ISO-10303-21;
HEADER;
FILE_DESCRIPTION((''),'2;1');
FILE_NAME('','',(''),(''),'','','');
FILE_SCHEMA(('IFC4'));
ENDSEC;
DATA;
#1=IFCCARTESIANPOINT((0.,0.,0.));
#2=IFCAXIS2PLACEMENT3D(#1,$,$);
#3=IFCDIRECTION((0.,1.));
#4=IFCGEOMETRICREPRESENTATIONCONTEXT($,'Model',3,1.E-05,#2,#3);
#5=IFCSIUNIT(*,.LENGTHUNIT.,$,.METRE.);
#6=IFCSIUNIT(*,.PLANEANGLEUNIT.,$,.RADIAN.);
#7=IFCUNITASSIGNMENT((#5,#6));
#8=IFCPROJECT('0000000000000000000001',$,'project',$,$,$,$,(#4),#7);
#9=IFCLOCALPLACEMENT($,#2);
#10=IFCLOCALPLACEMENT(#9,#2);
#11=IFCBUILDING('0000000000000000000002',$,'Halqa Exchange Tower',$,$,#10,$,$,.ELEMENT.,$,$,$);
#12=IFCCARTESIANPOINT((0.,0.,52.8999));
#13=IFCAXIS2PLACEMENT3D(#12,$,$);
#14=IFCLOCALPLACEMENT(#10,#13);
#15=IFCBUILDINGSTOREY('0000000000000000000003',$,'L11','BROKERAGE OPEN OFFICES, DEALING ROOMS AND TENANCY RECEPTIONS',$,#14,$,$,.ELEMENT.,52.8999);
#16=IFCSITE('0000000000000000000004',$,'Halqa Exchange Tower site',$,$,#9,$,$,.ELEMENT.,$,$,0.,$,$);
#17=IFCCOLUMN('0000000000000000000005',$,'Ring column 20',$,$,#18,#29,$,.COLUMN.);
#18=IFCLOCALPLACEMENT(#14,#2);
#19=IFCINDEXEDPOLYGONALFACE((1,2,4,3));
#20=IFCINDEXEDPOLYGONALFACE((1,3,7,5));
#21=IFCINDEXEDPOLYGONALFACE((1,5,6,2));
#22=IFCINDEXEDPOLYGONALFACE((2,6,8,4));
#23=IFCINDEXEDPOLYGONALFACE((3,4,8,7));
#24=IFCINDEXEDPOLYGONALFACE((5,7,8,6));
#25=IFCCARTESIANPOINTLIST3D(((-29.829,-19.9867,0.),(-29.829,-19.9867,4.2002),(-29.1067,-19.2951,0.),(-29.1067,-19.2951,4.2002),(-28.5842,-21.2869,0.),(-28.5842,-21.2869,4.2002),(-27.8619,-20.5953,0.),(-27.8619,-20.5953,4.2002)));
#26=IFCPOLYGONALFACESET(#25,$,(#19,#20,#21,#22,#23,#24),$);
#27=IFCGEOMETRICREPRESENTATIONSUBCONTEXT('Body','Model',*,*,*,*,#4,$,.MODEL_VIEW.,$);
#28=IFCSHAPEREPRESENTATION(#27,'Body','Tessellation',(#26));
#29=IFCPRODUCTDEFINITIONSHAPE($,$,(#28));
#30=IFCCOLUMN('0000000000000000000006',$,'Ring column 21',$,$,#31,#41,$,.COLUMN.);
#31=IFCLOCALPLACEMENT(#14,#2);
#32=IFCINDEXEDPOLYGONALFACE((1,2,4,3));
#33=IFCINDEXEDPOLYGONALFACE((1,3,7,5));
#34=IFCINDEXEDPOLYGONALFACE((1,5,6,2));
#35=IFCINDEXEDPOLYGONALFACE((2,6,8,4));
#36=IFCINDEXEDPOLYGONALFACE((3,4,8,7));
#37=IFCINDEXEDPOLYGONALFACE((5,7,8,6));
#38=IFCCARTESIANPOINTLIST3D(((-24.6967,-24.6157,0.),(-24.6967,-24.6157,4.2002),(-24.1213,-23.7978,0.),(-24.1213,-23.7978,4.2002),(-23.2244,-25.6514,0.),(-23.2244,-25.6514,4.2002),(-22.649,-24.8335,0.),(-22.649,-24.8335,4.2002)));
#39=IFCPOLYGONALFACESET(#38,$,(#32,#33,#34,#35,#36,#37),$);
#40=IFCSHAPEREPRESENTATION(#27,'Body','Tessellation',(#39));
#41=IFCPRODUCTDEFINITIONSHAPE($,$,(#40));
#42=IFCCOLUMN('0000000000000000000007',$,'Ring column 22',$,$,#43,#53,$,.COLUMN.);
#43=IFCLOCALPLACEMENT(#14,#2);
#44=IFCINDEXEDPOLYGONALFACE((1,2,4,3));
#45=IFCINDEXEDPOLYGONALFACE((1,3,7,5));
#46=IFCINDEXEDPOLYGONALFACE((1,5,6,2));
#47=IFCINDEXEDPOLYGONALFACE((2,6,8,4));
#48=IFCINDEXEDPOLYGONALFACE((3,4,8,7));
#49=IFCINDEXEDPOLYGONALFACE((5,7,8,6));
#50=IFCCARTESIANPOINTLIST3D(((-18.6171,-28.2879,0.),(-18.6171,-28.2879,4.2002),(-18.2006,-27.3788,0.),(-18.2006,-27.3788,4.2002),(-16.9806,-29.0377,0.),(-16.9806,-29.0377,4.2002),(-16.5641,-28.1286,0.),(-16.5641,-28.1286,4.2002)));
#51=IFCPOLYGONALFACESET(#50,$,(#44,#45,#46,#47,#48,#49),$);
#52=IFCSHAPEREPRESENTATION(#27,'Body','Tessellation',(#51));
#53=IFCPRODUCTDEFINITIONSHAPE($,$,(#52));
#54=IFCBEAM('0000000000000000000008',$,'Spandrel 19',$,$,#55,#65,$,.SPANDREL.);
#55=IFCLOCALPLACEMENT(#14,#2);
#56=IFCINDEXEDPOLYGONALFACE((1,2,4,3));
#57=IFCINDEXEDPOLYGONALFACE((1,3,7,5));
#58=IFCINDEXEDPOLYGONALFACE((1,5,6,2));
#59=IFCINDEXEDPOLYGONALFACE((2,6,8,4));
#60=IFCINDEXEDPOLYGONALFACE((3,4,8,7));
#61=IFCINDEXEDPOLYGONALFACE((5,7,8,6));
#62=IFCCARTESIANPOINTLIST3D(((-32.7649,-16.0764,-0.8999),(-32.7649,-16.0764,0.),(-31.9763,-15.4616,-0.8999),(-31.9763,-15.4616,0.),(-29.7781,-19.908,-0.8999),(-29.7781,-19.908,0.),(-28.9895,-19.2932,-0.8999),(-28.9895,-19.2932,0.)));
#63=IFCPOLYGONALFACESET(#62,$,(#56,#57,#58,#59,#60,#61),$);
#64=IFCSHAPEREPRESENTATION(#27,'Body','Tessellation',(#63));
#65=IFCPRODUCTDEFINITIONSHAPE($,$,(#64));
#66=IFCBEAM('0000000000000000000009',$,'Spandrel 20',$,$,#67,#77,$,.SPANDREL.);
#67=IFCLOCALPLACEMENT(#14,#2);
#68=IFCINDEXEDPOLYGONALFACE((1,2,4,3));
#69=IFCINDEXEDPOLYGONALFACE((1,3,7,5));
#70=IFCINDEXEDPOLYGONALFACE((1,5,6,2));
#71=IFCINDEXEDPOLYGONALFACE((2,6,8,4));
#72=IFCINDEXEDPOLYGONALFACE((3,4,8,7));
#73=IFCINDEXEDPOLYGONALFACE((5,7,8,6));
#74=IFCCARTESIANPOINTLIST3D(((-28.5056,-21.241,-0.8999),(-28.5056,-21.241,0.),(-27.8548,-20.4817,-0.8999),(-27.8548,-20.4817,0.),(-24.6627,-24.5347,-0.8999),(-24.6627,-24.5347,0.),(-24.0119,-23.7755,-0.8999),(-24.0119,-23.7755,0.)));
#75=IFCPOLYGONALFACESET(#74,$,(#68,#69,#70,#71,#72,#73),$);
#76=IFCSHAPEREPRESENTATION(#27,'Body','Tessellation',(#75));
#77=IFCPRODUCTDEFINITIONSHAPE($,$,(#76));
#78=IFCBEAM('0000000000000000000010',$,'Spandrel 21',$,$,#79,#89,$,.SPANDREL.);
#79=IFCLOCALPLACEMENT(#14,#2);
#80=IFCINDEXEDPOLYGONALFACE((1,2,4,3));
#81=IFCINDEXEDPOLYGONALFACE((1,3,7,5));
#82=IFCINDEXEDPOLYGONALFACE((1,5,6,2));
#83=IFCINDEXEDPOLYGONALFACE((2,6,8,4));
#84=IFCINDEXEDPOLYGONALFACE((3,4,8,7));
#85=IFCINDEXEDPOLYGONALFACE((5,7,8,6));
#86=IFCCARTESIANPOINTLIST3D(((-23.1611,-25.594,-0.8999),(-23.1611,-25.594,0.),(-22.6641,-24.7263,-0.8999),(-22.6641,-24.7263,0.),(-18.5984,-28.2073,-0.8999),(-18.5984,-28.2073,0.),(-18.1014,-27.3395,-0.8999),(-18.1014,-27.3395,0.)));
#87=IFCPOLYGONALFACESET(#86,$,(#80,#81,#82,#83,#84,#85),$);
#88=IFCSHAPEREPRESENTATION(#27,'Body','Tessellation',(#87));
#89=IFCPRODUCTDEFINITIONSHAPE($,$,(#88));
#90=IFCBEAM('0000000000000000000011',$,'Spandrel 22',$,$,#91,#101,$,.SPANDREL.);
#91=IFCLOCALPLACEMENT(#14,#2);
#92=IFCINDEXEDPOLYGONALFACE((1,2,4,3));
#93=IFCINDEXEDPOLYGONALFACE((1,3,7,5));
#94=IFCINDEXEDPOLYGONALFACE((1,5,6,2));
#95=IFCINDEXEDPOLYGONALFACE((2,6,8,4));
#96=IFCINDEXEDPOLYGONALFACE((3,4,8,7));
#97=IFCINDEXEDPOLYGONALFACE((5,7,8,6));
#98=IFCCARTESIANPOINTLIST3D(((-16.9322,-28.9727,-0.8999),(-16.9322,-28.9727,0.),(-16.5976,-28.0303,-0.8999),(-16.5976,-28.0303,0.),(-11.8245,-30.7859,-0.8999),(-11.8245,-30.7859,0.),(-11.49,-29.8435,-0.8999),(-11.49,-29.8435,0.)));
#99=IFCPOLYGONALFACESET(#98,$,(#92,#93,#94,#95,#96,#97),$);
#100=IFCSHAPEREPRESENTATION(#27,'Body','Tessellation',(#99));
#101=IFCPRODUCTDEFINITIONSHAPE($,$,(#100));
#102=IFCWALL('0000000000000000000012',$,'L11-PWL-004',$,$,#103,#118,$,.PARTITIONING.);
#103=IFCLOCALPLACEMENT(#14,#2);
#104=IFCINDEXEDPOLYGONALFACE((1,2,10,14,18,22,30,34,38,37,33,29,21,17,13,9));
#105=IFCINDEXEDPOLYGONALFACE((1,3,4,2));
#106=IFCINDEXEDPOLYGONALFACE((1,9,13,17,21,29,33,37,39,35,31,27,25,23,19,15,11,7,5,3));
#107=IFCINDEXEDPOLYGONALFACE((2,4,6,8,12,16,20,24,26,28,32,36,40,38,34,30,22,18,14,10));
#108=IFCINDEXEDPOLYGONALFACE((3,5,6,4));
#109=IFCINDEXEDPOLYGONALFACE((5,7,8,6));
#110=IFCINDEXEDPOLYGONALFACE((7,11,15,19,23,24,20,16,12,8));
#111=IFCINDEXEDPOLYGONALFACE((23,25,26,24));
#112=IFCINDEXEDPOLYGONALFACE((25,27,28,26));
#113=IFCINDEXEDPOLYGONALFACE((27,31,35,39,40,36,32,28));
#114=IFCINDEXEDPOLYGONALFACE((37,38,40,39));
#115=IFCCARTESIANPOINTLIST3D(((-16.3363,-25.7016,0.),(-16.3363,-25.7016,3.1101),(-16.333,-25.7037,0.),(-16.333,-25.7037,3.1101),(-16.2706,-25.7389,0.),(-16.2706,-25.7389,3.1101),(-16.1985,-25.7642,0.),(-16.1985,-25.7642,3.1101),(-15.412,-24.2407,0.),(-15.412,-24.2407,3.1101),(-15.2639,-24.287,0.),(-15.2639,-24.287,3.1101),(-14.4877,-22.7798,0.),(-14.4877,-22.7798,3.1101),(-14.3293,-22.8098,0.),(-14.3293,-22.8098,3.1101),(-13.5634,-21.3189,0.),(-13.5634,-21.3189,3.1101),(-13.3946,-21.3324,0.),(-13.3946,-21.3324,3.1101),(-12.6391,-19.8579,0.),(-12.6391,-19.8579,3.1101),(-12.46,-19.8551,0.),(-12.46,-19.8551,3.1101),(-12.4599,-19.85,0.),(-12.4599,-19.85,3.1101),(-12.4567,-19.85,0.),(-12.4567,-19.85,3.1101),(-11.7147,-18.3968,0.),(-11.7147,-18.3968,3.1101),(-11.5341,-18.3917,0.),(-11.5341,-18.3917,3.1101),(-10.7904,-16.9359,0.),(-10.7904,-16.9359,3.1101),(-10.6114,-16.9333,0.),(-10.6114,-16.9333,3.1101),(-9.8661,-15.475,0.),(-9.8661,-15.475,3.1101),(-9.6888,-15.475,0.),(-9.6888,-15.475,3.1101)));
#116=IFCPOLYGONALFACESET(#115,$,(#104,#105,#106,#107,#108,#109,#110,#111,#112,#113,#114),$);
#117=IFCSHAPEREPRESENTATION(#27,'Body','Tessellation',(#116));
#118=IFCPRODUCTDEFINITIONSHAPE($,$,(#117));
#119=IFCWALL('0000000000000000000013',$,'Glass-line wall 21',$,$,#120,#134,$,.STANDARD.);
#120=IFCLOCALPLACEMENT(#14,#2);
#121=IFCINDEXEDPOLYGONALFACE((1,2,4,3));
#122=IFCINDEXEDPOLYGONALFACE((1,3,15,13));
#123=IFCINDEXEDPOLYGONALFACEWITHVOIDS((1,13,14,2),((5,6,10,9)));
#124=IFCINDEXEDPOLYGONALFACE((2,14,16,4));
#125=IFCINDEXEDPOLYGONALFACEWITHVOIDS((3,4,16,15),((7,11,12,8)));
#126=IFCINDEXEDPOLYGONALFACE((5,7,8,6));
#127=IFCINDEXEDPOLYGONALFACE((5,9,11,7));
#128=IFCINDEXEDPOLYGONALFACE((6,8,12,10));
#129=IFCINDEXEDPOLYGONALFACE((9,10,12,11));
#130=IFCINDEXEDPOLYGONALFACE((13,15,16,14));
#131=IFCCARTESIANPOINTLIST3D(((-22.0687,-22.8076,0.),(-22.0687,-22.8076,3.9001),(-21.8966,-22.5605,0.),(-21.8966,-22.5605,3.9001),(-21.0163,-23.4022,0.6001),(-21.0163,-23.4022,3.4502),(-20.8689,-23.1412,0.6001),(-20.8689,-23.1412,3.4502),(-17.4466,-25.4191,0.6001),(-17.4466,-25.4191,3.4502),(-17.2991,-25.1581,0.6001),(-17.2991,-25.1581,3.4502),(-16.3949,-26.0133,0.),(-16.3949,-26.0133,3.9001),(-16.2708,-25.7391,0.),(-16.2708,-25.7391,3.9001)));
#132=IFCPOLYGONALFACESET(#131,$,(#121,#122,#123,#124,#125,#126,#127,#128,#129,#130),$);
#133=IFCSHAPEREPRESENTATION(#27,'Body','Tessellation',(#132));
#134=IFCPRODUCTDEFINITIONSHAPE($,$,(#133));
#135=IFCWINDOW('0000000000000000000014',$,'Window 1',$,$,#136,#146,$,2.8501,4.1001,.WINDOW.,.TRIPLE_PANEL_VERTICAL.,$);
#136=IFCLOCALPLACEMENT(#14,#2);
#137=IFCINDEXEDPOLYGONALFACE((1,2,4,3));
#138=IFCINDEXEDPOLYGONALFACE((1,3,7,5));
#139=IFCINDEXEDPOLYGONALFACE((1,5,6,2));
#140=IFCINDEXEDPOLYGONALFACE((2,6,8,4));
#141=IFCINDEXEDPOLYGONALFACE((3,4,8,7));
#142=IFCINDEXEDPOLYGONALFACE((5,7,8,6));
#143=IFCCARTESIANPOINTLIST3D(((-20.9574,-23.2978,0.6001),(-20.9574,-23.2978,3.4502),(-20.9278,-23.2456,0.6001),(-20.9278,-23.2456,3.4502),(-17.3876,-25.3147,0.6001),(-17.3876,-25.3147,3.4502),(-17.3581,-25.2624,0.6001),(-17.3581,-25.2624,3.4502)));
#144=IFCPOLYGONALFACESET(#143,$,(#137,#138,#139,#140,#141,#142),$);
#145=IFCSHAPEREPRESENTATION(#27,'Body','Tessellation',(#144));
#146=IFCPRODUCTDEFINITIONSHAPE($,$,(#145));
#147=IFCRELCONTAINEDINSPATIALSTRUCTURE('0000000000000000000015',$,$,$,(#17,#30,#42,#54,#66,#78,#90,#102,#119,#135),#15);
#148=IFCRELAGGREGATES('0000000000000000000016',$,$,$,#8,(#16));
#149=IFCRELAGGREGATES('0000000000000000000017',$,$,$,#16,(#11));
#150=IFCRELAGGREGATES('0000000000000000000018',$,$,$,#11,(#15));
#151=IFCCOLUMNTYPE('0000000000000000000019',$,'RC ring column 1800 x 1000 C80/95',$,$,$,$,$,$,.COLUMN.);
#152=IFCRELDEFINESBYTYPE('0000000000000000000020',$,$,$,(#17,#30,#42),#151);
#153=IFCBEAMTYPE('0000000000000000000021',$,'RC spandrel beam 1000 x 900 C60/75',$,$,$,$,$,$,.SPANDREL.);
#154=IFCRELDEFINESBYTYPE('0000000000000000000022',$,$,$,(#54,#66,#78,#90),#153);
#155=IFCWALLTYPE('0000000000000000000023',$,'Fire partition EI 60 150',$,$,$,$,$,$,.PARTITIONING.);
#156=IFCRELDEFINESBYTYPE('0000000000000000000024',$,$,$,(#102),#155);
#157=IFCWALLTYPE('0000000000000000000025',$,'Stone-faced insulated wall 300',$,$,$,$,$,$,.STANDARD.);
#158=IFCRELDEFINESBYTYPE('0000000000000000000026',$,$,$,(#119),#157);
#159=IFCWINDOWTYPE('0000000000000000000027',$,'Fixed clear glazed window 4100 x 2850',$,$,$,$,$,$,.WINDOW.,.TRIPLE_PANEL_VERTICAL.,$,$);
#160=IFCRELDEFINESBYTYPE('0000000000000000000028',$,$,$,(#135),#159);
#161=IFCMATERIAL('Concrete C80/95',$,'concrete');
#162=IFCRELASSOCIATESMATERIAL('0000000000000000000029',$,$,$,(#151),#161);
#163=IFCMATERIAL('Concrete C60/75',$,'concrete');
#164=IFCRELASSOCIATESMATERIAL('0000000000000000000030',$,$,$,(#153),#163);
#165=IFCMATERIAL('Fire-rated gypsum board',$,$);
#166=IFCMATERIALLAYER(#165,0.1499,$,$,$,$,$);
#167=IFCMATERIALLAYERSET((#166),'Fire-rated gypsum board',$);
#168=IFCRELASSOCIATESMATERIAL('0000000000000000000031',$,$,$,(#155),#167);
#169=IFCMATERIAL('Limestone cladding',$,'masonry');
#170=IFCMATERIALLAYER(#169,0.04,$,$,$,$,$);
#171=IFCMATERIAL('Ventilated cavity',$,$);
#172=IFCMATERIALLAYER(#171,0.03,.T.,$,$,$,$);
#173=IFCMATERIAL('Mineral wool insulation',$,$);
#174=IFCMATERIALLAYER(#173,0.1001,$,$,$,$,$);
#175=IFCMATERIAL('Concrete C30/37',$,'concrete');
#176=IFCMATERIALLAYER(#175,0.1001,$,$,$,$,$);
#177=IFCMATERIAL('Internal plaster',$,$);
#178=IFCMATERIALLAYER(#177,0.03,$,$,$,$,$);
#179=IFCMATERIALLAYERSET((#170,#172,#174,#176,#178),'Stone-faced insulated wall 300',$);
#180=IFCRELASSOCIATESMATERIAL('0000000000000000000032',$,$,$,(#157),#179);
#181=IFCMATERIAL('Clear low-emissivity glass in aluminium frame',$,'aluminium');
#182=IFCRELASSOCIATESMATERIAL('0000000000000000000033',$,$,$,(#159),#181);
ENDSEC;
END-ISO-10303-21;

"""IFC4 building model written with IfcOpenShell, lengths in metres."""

from ifc_helpers import new_model, si_unit, direction, frame, frame_2d, origin, origin_2d, place, context, subcontext, project, spatial, polyline, rectangle, outline, extrude, material, layer, layer_set, material_profile, profile_set, type_object, element, fill, save


model = new_model("IFC4")

# Units and contexts
model_context = context("Model", 3, precision=1e-05, world=origin(), true_north=direction((0.0, 1.0)))
body_context = subcontext(model_context, "Body", "Model", "MODEL_VIEW")
ifc_project = project(units=[si_unit("LENGTHUNIT", "METRE"), si_unit("PLANEANGLEUNIT", "RADIAN")], contexts=[model_context])

# Site, building, storey
site_placement = place(None, origin())
site = spatial("IfcSite", under=ifc_project, at=site_placement, Name="Halqa Exchange Tower site", CompositionType="ELEMENT", RefElevation=0.0)
building_placement = place(site_placement, origin())
building = spatial("IfcBuilding", under=site, at=building_placement, Name="Halqa Exchange Tower", CompositionType="ELEMENT")
storey_placement = place(building_placement, frame((0.0, 0.0, 52.8999)))
storey = spatial("IfcBuildingStorey", under=building, at=storey_placement, Name="L11", Description="BROKERAGE OPEN OFFICES, DEALING ROOMS AND TENANCY RECEPTIONS", CompositionType="ELEMENT", Elevation=52.8999)

# Columns
ifc_material_1 = material(Name="Concrete C80/95", Category="concrete")
ifc_material_profile_1 = material_profile(ifc_material_1, rectangle(XDim=1.8, YDim=1.0, at=origin_2d()), Name="1800 x 1000")
ifc_profile_set_1 = profile_set([ifc_material_profile_1], Name="Concrete C80/95")
column_type = type_object("IfcColumnType", Name="RC ring column 1800 x 1000 C80/95", PredefinedType="COLUMN", material=ifc_profile_set_1)
for number, where, z_axis, x_axis, name in (
    (1, (-28.8455, -20.291, 0.0), (0.0, 0.0, 1.0), (0.691576, -0.722304, 0.0), "Ring column 20"),
    (2, (-23.6729, -24.7246, 0.0), (0.0, 0.0, 1.0), (0.817909, -0.575348, 0.0), "Ring column 21"),
    (3, (-17.5906, -28.2083, 0.0), (0.0, 0.0, 1.0), (0.909127, -0.416519, 0.0), "Ring column 22"),
):
    element("IfcColumn", number, at=place(storey_placement, frame(where, z_axis=z_axis, x_axis=x_axis)), inside=storey, type_object=column_type, Name=name, PredefinedType="COLUMN", context=body_context, shape_type="SweptSolid", body=[
        extrude(rectangle(XDim=1.8, YDim=1.0, at=origin_2d()), origin(), (0.0, 0.0, 1.0), 4.2002),
    ])

# Beams
ifc_material_2 = material(Name="Concrete C60/75", Category="concrete")
ifc_material_profile_2 = material_profile(ifc_material_2, rectangle(XDim=1.0, YDim=0.8999, at=origin_2d()), Name="1000 x 900")
ifc_profile_set_2 = profile_set([ifc_material_profile_2], Name="Concrete C60/75")
beam_type = type_object("IfcBeamType", Name="RC spandrel beam 1000 x 900 C60/75", PredefinedType="SPANDREL", material=ifc_profile_set_2)
beam_1_placement = place(storey_placement, frame((-32.3706, -15.769, -0.45), z_axis=(0.614803, -0.788681, 0.0), x_axis=(0.788681, 0.614803, 0.0)))
element("IfcBeam", 4, at=beam_1_placement, inside=storey, type_object=beam_type, Name="Spandrel 19", PredefinedType="SPANDREL", context=body_context, shape_type="SweptSolid", body=[
    extrude(rectangle(XDim=1.0, YDim=0.8999, at=origin_2d()), origin(), (0.0, 0.0, 1.0), 4.8582),
])
beam_2_placement = place(storey_placement, frame((-28.1802, -20.8613, -0.45), z_axis=(0.759267, -0.650779, 0.0), x_axis=(0.650779, 0.759267, 0.0)))
element("IfcBeam", 5, at=beam_2_placement, inside=storey, type_object=beam_type, Name="Spandrel 20", PredefinedType="SPANDREL", context=body_context, shape_type="SweptSolid", body=[
    extrude(rectangle(XDim=1.0, YDim=0.8999, at=origin_2d()), origin(), (0.0, 0.0, 1.0), 5.0613),
])
beam_3_placement = place(storey_placement, frame((-22.9126, -25.1602, -0.45), z_axis=(0.867751, -0.496999, 0.0), x_axis=(0.496999, 0.867751, 0.0)))
element("IfcBeam", 6, at=beam_3_placement, inside=storey, type_object=beam_type, Name="Spandrel 21", PredefinedType="SPANDREL", context=body_context, shape_type="SweptSolid", body=[
    extrude(rectangle(XDim=1.0, YDim=0.8999, at=origin_2d()), origin(), (0.0, 0.0, 1.0), 5.2581),
])
beam_4_placement = place(storey_placement, frame((-16.7649, -28.5015, -0.45), z_axis=(0.942379, -0.334547, 0.0), x_axis=(0.334547, 0.942379, 0.0)))
element("IfcBeam", 7, at=beam_4_placement, inside=storey, type_object=beam_type, Name="Spandrel 22", PredefinedType="SPANDREL", context=body_context, shape_type="SweptSolid", body=[
    extrude(rectangle(XDim=1.0, YDim=0.8999, at=origin_2d()), origin(), (0.0, 0.0, 1.0), 5.4199),
])

# Wall
ifc_material_3 = material(Name="Fire-rated gypsum board")
ifc_layer_1 = layer(ifc_material_3, 0.1499)
ifc_layer_set_1 = layer_set([ifc_layer_1], Name="Fire-rated gypsum board")
wall_type_1 = type_object("IfcWallType", Name="Fire partition EI 60 150", PredefinedType="PARTITIONING", material=ifc_layer_set_1)
wall_1_placement = place(storey_placement, frame((-16.2729, -25.7417, 0.0), z_axis=(0.0, 0.0, 1.0), x_axis=(0.534655, 0.845071, 0.0)))
element("IfcWall", 8, at=wall_1_placement, inside=storey, type_object=wall_type_1, Name="L11-PWL-004", PredefinedType="PARTITIONING", context=body_context, shape_type="SweptSolid", body=[
    extrude(outline(polyline([(0.0208, -0.075), (1.7688, -0.075), (3.5168, -0.075), (5.2651, -0.075), (7.0132, -0.075), (7.0176, -0.0723), (7.0193, -0.075), (8.7449, -0.075), (10.4707, -0.075), (12.1963, -0.075), (12.1963, -0.075), (12.1016, 0.075), (10.3728, 0.075), (8.644, 0.075), (6.915, 0.075), (5.1863, 0.075), (3.4575, 0.075), (1.7288, 0.075), (0.0, 0.075), (0.0, 0.071), (0.0037, -0.0005), (0.0208, -0.075)])), origin(), (0.0, 0.0, 1.0), 3.1101),
])

# Shared definitions
ifc_material_4 = material(Name="Limestone cladding", Category="masonry")
ifc_layer_2 = layer(ifc_material_4, 0.04)
ifc_material_5 = material(Name="Ventilated cavity")
ifc_layer_3 = layer(ifc_material_5, 0.03, ventilated=True)
ifc_material_6 = material(Name="Mineral wool insulation")
ifc_layer_4 = layer(ifc_material_6, 0.1001)
ifc_material_7 = material(Name="Concrete C30/37", Category="concrete")
ifc_layer_5 = layer(ifc_material_7, 0.1001)
ifc_material_8 = material(Name="Internal plaster")
ifc_layer_6 = layer(ifc_material_8, 0.03)
ifc_layer_set_2 = layer_set([ifc_layer_2, ifc_layer_3, ifc_layer_4, ifc_layer_5, ifc_layer_6], Name="Stone-faced insulated wall 300")
wall_type_2 = type_object("IfcWallType", Name="Stone-faced insulated wall 300", PredefinedType="STANDARD", material=ifc_layer_set_2)
ifc_material_9 = material(Name="Clear low-emissivity glass in aluminium frame", Category="aluminium")

# Wall, opening, window
wall_2_placement = place(storey_placement, frame((-21.9827, -22.6841, 0.0), z_axis=(0.0, 0.0, 1.0), x_axis=(0.870648, -0.491907, 0.0)))
wall_2 = element("IfcWall", 9, at=wall_2_placement, inside=storey, type_object=wall_type_2, Name="Glass-line wall 21", PredefinedType="STANDARD", context=body_context, shape_type="SweptSolid", body=[
    extrude(outline(polyline([(-0.0142, -0.1499), (6.5027, -0.1499), (6.4758, 0.1499), (0.0142, 0.1499), (-0.0142, -0.1499)])), origin(), (0.0, 0.0, 1.0), 3.9001),
])
opening_1_placement = place(wall_2_placement, frame((1.1946, 0.0, 0.6001)))
opening_1 = element("IfcOpeningElement", 10, at=opening_1_placement, cuts=wall_2, PredefinedType="OPENING", context=body_context, shape_type="SweptSolid", body=[
    extrude(rectangle(XDim=4.1001, YDim=2.8501, at=frame_2d((2.05, 1.425))), frame((0.0, 0.1621, 0.0), z_axis=(0.0, -1.0, 0.0), x_axis=(1.0, 0.0, 0.0)), (0.0, 0.0, 1.0), 0.324),
])
window_type = type_object("IfcWindowType", Name="Fixed clear glazed window 4100 x 2850", PartitioningType="TRIPLE_PANEL_VERTICAL", PredefinedType="WINDOW", material=ifc_material_9)
window_1_placement = place(opening_1_placement, origin())
window_1 = element("IfcWindow", 11, at=window_1_placement, inside=storey, type_object=window_type, Name="Window 1", OverallHeight=2.8501, OverallWidth=4.1001, PartitioningType="TRIPLE_PANEL_VERTICAL", PredefinedType="WINDOW", context=body_context, shape_type="SweptSolid", body=[
    extrude(rectangle(XDim=4.1001, YDim=2.8501, at=frame_2d((2.05, 1.425))), frame((0.0, 0.03, 0.0), z_axis=(0.0, -1.0, 0.0), x_axis=(1.0, 0.0, 0.0)), (0.0, 0.0, 1.0), 0.0601),
])
fill(opening_1, window_1)

save(model, "model.ifc")
